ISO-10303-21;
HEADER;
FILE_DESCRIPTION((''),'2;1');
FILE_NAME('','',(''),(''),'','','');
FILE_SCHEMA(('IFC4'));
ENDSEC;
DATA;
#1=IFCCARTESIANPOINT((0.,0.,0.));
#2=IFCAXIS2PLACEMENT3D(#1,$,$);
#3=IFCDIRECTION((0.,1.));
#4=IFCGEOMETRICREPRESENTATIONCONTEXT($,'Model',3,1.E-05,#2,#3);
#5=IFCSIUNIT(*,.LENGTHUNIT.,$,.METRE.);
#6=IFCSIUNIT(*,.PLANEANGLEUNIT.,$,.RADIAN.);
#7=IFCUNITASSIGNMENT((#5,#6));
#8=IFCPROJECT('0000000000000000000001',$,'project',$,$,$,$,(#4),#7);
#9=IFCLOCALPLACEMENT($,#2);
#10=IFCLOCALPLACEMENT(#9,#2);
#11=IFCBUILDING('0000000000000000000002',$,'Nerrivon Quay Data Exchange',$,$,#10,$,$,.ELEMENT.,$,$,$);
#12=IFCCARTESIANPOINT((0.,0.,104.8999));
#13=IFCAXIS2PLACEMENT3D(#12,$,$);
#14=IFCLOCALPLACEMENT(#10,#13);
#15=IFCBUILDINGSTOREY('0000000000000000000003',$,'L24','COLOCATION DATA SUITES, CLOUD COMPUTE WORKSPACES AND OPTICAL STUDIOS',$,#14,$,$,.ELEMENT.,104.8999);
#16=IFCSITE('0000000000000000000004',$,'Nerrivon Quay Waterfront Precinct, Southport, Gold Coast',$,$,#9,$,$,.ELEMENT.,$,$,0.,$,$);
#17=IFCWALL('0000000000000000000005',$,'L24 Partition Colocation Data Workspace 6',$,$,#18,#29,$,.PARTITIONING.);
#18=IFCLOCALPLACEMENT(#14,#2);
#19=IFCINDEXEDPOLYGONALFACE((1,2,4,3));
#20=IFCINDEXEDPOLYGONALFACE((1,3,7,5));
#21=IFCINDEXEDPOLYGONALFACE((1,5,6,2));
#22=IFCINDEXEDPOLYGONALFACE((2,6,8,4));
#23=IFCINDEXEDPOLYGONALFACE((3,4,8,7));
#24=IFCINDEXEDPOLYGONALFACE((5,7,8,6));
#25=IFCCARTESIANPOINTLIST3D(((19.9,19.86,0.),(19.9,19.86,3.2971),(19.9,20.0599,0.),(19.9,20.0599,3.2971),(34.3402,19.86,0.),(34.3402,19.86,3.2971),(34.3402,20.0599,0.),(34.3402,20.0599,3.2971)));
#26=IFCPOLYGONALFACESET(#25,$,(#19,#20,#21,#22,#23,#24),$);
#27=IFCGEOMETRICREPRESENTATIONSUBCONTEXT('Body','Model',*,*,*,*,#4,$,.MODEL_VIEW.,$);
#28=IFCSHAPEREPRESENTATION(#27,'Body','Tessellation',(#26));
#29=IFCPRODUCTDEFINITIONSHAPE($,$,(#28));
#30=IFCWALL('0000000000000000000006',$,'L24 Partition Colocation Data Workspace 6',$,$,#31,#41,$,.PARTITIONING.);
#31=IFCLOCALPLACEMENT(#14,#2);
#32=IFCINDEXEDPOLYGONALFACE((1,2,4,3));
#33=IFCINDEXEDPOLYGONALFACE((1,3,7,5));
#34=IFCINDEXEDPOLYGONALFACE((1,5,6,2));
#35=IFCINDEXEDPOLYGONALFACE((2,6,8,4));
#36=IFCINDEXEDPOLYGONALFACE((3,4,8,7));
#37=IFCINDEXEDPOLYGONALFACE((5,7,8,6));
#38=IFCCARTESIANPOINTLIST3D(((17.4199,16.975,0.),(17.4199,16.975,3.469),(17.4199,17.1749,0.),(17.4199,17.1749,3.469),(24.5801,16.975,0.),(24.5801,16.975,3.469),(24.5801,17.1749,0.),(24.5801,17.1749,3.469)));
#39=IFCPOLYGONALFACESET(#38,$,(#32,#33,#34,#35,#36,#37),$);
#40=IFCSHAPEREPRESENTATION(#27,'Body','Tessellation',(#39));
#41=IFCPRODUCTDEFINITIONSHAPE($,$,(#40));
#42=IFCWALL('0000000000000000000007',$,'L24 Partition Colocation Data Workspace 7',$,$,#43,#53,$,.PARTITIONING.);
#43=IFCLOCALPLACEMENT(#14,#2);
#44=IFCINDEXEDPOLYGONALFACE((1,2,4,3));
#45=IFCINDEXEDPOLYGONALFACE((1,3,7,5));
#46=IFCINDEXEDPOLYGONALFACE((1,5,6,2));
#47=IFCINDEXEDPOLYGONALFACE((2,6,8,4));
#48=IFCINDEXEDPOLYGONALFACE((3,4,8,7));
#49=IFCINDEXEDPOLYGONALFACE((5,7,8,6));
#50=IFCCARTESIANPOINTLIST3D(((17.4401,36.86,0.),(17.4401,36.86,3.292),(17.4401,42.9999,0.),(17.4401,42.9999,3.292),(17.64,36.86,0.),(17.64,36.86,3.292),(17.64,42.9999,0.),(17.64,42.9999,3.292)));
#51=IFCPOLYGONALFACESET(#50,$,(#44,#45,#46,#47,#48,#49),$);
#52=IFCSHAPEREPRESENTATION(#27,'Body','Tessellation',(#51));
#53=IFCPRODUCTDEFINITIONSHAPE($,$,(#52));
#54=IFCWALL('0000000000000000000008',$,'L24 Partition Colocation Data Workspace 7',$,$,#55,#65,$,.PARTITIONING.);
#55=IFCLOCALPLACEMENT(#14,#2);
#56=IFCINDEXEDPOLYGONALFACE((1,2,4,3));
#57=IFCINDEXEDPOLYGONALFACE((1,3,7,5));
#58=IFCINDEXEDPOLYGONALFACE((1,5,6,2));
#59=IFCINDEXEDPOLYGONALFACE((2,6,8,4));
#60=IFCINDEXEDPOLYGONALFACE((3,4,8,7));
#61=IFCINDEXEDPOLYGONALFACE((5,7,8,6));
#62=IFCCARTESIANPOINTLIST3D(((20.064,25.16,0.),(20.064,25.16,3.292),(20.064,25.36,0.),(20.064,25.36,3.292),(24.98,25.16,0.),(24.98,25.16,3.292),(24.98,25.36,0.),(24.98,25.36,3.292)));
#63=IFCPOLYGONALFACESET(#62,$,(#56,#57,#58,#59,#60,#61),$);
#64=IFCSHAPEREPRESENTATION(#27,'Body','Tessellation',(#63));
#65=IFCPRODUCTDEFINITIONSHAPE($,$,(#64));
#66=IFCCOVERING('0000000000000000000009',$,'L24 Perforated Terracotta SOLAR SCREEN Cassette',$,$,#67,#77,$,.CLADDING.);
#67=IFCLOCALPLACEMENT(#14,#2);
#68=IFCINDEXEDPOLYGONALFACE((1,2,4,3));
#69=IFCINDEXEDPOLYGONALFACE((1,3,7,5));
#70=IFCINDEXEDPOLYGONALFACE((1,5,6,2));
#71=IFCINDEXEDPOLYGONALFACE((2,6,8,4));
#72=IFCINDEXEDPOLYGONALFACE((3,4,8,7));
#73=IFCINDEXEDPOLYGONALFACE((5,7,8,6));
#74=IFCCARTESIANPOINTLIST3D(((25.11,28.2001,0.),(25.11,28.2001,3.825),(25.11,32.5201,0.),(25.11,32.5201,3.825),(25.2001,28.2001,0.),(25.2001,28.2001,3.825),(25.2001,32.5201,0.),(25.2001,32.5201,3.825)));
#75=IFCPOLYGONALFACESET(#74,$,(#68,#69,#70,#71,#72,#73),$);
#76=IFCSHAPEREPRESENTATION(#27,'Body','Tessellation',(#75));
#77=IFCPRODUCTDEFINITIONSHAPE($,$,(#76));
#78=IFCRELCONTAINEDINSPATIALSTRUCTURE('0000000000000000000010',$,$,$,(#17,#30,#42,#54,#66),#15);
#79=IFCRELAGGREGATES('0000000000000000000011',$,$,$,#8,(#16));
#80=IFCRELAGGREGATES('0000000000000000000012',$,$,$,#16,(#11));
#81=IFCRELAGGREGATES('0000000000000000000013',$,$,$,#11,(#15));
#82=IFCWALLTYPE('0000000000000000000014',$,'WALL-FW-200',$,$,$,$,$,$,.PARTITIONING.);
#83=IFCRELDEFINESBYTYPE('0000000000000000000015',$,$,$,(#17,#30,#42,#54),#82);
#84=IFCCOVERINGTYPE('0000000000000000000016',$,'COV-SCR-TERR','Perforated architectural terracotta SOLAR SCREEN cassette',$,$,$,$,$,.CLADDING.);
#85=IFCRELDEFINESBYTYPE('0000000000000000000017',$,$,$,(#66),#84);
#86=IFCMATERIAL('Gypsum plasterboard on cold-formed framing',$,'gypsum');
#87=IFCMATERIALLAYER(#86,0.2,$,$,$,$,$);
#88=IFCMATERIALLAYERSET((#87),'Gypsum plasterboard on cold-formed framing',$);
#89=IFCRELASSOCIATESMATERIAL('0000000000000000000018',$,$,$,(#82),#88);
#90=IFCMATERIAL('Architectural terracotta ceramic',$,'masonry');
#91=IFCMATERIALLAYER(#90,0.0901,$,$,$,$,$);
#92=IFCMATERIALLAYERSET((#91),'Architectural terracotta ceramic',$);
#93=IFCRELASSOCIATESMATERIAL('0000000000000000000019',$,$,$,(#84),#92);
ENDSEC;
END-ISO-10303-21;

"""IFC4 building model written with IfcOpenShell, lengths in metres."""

from ifc_helpers import new_model, si_unit, direction, frame, frame_2d, origin, origin_2d, place, context, subcontext, project, spatial, rectangle, extrude, material, layer, layer_set, type_object, element, save


model = new_model("IFC4")

# Units and contexts
model_context = context("Model", 3, precision=1e-05, world=origin(), true_north=direction((0.0, 1.0)))
body_context = subcontext(model_context, "Body", "Model", "MODEL_VIEW")
ifc_project = project(units=[si_unit("LENGTHUNIT", "METRE"), si_unit("PLANEANGLEUNIT", "RADIAN")], contexts=[model_context])

# Site, building, storey
site_placement = place(None, origin())
site = spatial("IfcSite", under=ifc_project, at=site_placement, Name="Nerrivon Quay Waterfront Precinct, Southport, Gold Coast", CompositionType="ELEMENT", RefElevation=0.0)
building_placement = place(site_placement, origin())
building = spatial("IfcBuilding", under=site, at=building_placement, Name="Nerrivon Quay Data Exchange", CompositionType="ELEMENT")
storey_placement = place(building_placement, frame((0.0, 0.0, 104.8999)))
storey = spatial("IfcBuildingStorey", under=building, at=storey_placement, Name="L24", Description="COLOCATION DATA SUITES, CLOUD COMPUTE WORKSPACES AND OPTICAL STUDIOS", CompositionType="ELEMENT", Elevation=104.8999)

# Walls
ifc_material_1 = material(Name="Gypsum plasterboard on cold-formed framing", Category="gypsum")
ifc_layer_1 = layer(ifc_material_1, 0.2)
ifc_layer_set_1 = layer_set([ifc_layer_1], Name="Gypsum plasterboard on cold-formed framing")
wall_type = type_object("IfcWallType", Name="WALL-FW-200", PredefinedType="PARTITIONING", material=ifc_layer_set_1)
wall_1_placement = place(storey_placement, frame((19.8999, 19.96, 0.0), z_axis=(0.0, 0.0, 1.0), x_axis=(1.0, 0.0, 0.0)))
element("IfcWall", 1, at=wall_1_placement, inside=storey, type_object=wall_type, Name="L24 Partition Colocation Data Workspace 6", PredefinedType="PARTITIONING", context=body_context, shape_type="SweptSolid", body=[
    extrude(rectangle(XDim=14.4402, YDim=0.2, at=frame_2d((7.2202, 0.0))), origin(), (0.0, 0.0, 1.0), 3.2971),
])
wall_2_placement = place(storey_placement, frame((17.4199, 17.075, 0.0), z_axis=(0.0, 0.0, 1.0), x_axis=(1.0, 0.0, 0.0)))
element("IfcWall", 2, at=wall_2_placement, inside=storey, type_object=wall_type, Name="L24 Partition Colocation Data Workspace 6", PredefinedType="PARTITIONING", context=body_context, shape_type="SweptSolid", body=[
    extrude(rectangle(XDim=7.1602, YDim=0.2, at=frame_2d((3.5801, 0.0))), origin(), (0.0, 0.0, 1.0), 3.469),
])
wall_3_placement = place(storey_placement, frame((17.54, 36.8601, 0.0), z_axis=(0.0, 0.0, 1.0), x_axis=(0.0, 1.0, 0.0)))
element("IfcWall", 3, at=wall_3_placement, inside=storey, type_object=wall_type, Name="L24 Partition Colocation Data Workspace 7", PredefinedType="PARTITIONING", context=body_context, shape_type="SweptSolid", body=[
    extrude(rectangle(XDim=6.1399, YDim=0.2, at=frame_2d((3.0698, 0.0))), origin(), (0.0, 0.0, 1.0), 3.292),
])
wall_4_placement = place(storey_placement, frame((20.064, 25.26, 0.0), z_axis=(0.0, 0.0, 1.0), x_axis=(1.0, 0.0, 0.0)))
element("IfcWall", 4, at=wall_4_placement, inside=storey, type_object=wall_type, Name="L24 Partition Colocation Data Workspace 7", PredefinedType="PARTITIONING", context=body_context, shape_type="SweptSolid", body=[
    extrude(rectangle(XDim=4.916, YDim=0.2, at=frame_2d((2.458, 0.0))), origin(), (0.0, 0.0, 1.0), 3.292),
])

# Covering
ifc_material_2 = material(Name="Architectural terracotta ceramic", Category="masonry")
ifc_layer_2 = layer(ifc_material_2, 0.0901)
ifc_layer_set_2 = layer_set([ifc_layer_2], Name="Architectural terracotta ceramic")
covering_type = type_object("IfcCoveringType", Name="COV-SCR-TERR", Description="Perforated architectural terracotta SOLAR SCREEN cassette", PredefinedType="CLADDING", material=ifc_layer_set_2)
covering_placement = place(storey_placement, frame((25.155, 30.3601, 0.0), z_axis=(0.0, 0.0, 1.0), x_axis=(0.0, -1.0, 0.0)))
element("IfcCovering", 5, at=covering_placement, inside=storey, type_object=covering_type, Name="L24 Perforated Terracotta SOLAR SCREEN Cassette", PredefinedType="CLADDING", context=body_context, shape_type="SweptSolid", body=[
    extrude(rectangle(XDim=4.3201, YDim=0.0901, at=origin_2d()), origin(), (0.0, 0.0, 1.0), 3.825),
])

save(model, "model.ifc")
